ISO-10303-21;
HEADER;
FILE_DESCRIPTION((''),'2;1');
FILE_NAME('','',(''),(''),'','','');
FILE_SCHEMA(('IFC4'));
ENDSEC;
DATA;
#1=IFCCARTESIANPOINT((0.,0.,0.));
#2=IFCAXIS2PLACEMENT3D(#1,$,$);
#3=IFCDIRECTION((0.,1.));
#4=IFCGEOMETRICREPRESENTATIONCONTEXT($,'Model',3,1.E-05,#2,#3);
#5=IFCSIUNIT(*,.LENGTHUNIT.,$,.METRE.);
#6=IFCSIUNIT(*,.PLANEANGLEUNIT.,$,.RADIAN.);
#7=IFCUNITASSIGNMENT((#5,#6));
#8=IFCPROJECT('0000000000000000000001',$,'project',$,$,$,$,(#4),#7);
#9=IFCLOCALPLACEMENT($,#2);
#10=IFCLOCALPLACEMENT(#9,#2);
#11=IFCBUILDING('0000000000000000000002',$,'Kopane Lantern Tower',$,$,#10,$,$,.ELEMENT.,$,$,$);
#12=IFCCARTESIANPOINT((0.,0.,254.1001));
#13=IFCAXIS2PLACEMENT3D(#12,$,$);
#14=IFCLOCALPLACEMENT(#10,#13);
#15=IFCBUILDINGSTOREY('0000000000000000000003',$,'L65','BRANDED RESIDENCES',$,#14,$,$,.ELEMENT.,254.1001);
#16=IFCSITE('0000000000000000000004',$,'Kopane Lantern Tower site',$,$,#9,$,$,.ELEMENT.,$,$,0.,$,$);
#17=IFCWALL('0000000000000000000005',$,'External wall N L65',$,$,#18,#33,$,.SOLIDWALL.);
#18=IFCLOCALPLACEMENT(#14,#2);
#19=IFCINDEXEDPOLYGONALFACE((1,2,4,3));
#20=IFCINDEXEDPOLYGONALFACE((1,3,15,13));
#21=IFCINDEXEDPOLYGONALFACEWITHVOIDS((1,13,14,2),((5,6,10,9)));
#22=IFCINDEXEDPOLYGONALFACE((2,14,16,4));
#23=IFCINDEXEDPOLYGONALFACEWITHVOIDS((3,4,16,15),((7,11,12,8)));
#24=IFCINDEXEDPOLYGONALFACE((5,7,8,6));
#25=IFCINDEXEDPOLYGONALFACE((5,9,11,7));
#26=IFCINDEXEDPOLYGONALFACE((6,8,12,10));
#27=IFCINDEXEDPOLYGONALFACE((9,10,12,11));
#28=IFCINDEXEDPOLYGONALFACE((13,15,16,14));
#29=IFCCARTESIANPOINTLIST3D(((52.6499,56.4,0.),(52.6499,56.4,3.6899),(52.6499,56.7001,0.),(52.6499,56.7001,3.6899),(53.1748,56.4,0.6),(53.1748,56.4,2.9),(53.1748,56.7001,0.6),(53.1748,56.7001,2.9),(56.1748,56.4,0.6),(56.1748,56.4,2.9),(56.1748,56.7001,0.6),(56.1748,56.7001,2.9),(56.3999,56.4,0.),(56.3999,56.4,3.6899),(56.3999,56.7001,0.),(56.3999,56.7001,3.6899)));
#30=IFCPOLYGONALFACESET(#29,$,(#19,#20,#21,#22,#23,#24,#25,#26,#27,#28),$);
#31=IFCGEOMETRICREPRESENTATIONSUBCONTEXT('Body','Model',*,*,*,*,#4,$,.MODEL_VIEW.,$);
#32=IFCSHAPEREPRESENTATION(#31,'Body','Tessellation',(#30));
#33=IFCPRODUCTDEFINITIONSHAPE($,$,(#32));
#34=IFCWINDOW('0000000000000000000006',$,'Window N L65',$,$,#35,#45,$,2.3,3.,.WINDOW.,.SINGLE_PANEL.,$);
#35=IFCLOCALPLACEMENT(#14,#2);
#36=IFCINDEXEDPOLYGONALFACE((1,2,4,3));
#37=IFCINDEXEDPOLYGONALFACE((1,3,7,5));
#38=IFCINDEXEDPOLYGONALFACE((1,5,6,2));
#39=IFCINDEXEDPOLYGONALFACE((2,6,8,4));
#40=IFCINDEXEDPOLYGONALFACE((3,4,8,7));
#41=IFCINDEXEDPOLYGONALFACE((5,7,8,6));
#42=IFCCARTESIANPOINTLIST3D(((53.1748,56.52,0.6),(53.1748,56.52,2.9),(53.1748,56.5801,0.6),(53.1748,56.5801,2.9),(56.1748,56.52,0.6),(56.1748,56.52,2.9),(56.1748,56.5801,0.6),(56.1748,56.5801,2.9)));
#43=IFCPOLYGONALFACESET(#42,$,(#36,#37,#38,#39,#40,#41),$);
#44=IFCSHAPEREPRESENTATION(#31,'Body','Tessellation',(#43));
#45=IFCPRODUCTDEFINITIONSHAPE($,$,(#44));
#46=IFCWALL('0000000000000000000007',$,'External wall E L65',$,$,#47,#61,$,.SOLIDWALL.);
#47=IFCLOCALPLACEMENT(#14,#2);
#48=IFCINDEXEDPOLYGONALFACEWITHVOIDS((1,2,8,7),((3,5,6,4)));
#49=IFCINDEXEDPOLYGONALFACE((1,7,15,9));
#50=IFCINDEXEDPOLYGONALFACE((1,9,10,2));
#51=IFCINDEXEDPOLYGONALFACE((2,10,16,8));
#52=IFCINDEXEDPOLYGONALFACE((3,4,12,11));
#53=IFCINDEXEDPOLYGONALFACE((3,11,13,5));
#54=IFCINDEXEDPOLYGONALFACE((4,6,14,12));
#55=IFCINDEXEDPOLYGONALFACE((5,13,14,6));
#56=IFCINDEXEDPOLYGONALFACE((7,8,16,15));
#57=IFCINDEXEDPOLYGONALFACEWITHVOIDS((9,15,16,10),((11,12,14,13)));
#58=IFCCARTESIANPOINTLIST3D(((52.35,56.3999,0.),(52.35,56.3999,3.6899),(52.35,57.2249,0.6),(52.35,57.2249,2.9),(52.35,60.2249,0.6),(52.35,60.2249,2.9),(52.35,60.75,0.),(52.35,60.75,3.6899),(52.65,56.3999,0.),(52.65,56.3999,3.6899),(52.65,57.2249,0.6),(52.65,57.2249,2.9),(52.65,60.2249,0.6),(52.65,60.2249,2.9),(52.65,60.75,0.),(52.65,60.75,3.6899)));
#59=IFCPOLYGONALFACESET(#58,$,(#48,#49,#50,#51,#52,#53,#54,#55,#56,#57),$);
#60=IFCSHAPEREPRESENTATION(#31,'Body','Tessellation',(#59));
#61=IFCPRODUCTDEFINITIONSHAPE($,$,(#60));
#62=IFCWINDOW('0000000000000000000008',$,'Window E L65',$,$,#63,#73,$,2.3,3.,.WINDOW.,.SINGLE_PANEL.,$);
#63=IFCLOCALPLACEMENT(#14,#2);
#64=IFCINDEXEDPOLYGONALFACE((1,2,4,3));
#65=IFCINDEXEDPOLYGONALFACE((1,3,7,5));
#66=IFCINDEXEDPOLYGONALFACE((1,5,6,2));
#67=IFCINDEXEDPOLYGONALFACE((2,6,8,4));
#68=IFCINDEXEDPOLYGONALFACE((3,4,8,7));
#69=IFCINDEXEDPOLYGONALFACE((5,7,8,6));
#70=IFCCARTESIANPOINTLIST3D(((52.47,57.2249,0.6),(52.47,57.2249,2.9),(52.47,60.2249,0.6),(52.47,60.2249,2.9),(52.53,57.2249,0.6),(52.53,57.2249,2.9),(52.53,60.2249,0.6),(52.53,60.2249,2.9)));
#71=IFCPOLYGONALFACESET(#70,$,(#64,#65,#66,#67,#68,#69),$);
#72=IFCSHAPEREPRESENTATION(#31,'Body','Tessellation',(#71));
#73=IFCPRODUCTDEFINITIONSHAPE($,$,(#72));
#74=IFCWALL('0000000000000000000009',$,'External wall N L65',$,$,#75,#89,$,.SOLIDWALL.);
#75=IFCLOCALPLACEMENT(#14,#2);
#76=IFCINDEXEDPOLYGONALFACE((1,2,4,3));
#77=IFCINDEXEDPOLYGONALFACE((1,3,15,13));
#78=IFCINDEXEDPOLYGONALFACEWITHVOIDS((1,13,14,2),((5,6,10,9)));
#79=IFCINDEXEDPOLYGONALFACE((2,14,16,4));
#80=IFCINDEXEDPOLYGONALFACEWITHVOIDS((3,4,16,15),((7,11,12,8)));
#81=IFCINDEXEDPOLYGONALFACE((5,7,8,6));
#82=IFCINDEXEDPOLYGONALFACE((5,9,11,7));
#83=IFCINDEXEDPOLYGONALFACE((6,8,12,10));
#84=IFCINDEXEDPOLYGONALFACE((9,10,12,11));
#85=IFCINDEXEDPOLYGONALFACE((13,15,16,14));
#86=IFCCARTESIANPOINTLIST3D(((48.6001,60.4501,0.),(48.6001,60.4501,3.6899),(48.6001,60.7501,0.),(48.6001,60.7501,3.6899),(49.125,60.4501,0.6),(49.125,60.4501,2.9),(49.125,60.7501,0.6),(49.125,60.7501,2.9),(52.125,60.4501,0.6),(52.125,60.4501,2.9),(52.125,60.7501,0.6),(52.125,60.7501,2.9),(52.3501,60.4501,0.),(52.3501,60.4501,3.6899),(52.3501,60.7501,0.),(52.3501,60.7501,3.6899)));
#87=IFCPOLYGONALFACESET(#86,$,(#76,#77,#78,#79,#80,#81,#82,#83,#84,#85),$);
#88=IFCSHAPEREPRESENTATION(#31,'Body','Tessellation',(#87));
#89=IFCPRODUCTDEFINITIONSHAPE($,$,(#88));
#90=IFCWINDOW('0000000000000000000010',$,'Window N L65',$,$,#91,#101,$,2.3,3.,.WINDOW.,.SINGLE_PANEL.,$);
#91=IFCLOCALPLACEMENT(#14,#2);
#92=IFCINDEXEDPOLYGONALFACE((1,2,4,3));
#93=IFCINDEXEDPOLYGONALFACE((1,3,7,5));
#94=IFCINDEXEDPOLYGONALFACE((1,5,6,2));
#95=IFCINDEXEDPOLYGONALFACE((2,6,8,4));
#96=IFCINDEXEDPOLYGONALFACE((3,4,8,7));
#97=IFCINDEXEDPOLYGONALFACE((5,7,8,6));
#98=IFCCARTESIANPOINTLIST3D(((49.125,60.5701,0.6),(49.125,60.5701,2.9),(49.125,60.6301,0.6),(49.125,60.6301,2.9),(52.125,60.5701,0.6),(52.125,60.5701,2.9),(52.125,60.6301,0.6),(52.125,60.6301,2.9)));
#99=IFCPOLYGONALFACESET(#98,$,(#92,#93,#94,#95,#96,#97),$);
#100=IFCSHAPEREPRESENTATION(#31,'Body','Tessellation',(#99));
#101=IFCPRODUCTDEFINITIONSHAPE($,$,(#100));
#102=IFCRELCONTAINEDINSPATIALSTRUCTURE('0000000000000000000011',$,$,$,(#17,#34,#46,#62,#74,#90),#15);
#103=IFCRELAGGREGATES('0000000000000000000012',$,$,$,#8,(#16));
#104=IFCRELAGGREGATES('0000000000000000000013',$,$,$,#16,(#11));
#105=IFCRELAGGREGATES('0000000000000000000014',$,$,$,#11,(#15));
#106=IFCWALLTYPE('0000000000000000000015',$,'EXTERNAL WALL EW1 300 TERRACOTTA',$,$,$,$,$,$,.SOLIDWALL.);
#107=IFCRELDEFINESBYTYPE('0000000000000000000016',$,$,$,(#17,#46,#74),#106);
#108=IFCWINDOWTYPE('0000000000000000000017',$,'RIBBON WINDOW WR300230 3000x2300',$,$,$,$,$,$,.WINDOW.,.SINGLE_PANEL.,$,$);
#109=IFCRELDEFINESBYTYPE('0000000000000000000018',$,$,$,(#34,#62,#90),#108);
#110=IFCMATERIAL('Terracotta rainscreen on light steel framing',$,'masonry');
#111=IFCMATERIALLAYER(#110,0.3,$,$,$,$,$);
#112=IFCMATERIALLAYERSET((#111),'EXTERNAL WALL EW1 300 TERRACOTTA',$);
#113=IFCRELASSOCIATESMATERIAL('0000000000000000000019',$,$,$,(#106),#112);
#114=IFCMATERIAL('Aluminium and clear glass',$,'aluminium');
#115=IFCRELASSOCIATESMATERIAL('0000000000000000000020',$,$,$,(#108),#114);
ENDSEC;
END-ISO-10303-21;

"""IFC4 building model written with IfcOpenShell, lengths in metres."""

from ifc_helpers import new_model, si_unit, direction, frame, frame_2d, origin, place, context, subcontext, project, spatial, rectangle, extrude, material, layer, layer_set, type_object, element, fill, save


model = new_model("IFC4")

# Units and contexts
model_context = context("Model", 3, precision=1e-05, world=origin(), true_north=direction((0.0, 1.0)))
body_context = subcontext(model_context, "Body", "Model", "MODEL_VIEW")
ifc_project = project(units=[si_unit("LENGTHUNIT", "METRE"), si_unit("PLANEANGLEUNIT", "RADIAN")], contexts=[model_context])

# Site, building, storey
site_placement = place(None, origin())
site = spatial("IfcSite", under=ifc_project, at=site_placement, Name="Kopane Lantern Tower site", CompositionType="ELEMENT", RefElevation=0.0)
building_placement = place(site_placement, origin())
building = spatial("IfcBuilding", under=site, at=building_placement, Name="Kopane Lantern Tower", CompositionType="ELEMENT")
storey_placement = place(building_placement, frame((0.0, 0.0, 254.1001)))
storey = spatial("IfcBuildingStorey", under=building, at=storey_placement, Name="L65", Description="BRANDED RESIDENCES", CompositionType="ELEMENT", Elevation=254.1001)

# Walls, openings, windows
ifc_material_1 = material(Name="Terracotta rainscreen on light steel framing", Category="masonry")
ifc_layer = layer(ifc_material_1, 0.3)
ifc_layer_set = layer_set([ifc_layer], Name="EXTERNAL WALL EW1 300 TERRACOTTA")
wall_type = type_object("IfcWallType", Name="EXTERNAL WALL EW1 300 TERRACOTTA", PredefinedType="SOLIDWALL", material=ifc_layer_set)
wall_1_placement = place(storey_placement, frame((56.3999, 56.55, 0.0), z_axis=(0.0, 0.0, 1.0), x_axis=(-1.0, 0.0, 0.0)))
wall_1 = element("IfcWall", 1, at=wall_1_placement, inside=storey, type_object=wall_type, Name="External wall N L65", PredefinedType="SOLIDWALL", context=body_context, shape_type="SweptSolid", body=[
    extrude(rectangle(XDim=3.75, YDim=0.3, at=frame_2d((1.875, 0.0))), origin(), (0.0, 0.0, 1.0), 3.6899),
])
opening_1_placement = place(wall_1_placement, frame((0.2251, 0.0, 0.6001)))
opening_1 = element("IfcOpeningElement", 2, at=opening_1_placement, cuts=wall_1, PredefinedType="OPENING", context=body_context, shape_type="SweptSolid", body=[
    extrude(rectangle(XDim=3.0, YDim=2.3, at=frame_2d((1.5, 1.1499))), frame((0.0, 0.1599, 0.0), z_axis=(0.0, -1.0, 0.0), x_axis=(1.0, 0.0, 0.0)), (0.0, 0.0, 1.0), 0.3201),
])
ifc_material_2 = material(Name="Aluminium and clear glass", Category="aluminium")
window_type = type_object("IfcWindowType", Name="RIBBON WINDOW WR300230 3000x2300", PartitioningType="SINGLE_PANEL", PredefinedType="WINDOW", material=ifc_material_2)
window_1_placement = place(opening_1_placement, origin())
window_1 = element("IfcWindow", 3, at=window_1_placement, inside=storey, type_object=window_type, Name="Window N L65", OverallHeight=2.3, OverallWidth=3.0, PartitioningType="SINGLE_PANEL", PredefinedType="WINDOW", context=body_context, shape_type="SweptSolid", body=[
    extrude(rectangle(XDim=3.0, YDim=2.3, at=frame_2d((1.5, 1.1499))), frame((0.0, 0.03, 0.0), z_axis=(0.0, -1.0, 0.0), x_axis=(1.0, 0.0, 0.0)), (0.0, 0.0, 1.0), 0.0601),
])
fill(opening_1, window_1)
wall_2_placement = place(storey_placement, frame((52.5, 56.3999, 0.0), z_axis=(0.0, 0.0, 1.0), x_axis=(0.0, 1.0, 0.0)))
wall_2 = element("IfcWall", 4, at=wall_2_placement, inside=storey, type_object=wall_type, Name="External wall E L65", PredefinedType="SOLIDWALL", context=body_context, shape_type="SweptSolid", body=[
    extrude(rectangle(XDim=4.3501, YDim=0.3, at=frame_2d((2.175, 0.0))), origin(), (0.0, 0.0, 1.0), 3.6899),
])
opening_2_placement = place(wall_2_placement, frame((0.825, 0.0, 0.6001)))
opening_2 = element("IfcOpeningElement", 5, at=opening_2_placement, cuts=wall_2, PredefinedType="OPENING", context=body_context, shape_type="SweptSolid", body=[
    extrude(rectangle(XDim=3.0, YDim=2.3, at=frame_2d((1.5, 1.1499))), frame((0.0, 0.1599, 0.0), z_axis=(0.0, -1.0, 0.0), x_axis=(1.0, 0.0, 0.0)), (0.0, 0.0, 1.0), 0.3201),
])
window_2_placement = place(opening_2_placement, origin())
window_2 = element("IfcWindow", 6, at=window_2_placement, inside=storey, type_object=window_type, Name="Window E L65", OverallHeight=2.3, OverallWidth=3.0, PartitioningType="SINGLE_PANEL", PredefinedType="WINDOW", context=body_context, shape_type="SweptSolid", body=[
    extrude(rectangle(XDim=3.0, YDim=2.3, at=frame_2d((1.5, 1.1499))), frame((0.0, 0.03, 0.0), z_axis=(0.0, -1.0, 0.0), x_axis=(1.0, 0.0, 0.0)), (0.0, 0.0, 1.0), 0.0601),
])
fill(opening_2, window_2)
wall_3_placement = place(storey_placement, frame((52.3501, 60.6001, 0.0), z_axis=(0.0, 0.0, 1.0), x_axis=(-1.0, 0.0, 0.0)))
wall_3 = element("IfcWall", 7, at=wall_3_placement, inside=storey, type_object=wall_type, Name="External wall N L65", PredefinedType="SOLIDWALL", context=body_context, shape_type="SweptSolid", body=[
    extrude(rectangle(XDim=3.75, YDim=0.3, at=frame_2d((1.875, 0.0))), origin(), (0.0, 0.0, 1.0), 3.6899),
])
opening_3_placement = place(wall_3_placement, frame((0.2251, 0.0, 0.6001)))
opening_3 = element("IfcOpeningElement", 8, at=opening_3_placement, cuts=wall_3, PredefinedType="OPENING", context=body_context, shape_type="SweptSolid", body=[
    extrude(rectangle(XDim=3.0, YDim=2.3, at=frame_2d((1.5, 1.1499))), frame((0.0, 0.1599, 0.0), z_axis=(0.0, -1.0, 0.0), x_axis=(1.0, 0.0, 0.0)), (0.0, 0.0, 1.0), 0.3201),
])
window_3_placement = place(opening_3_placement, origin())
window_3 = element("IfcWindow", 9, at=window_3_placement, inside=storey, type_object=window_type, Name="Window N L65", OverallHeight=2.3, OverallWidth=3.0, PartitioningType="SINGLE_PANEL", PredefinedType="WINDOW", context=body_context, shape_type="SweptSolid", body=[
    extrude(rectangle(XDim=3.0, YDim=2.3, at=frame_2d((1.5, 1.1499))), frame((0.0, 0.03, 0.0), z_axis=(0.0, -1.0, 0.0), x_axis=(1.0, 0.0, 0.0)), (0.0, 0.0, 1.0), 0.0601),
])
fill(opening_3, window_3)

save(model, "model.ifc")
